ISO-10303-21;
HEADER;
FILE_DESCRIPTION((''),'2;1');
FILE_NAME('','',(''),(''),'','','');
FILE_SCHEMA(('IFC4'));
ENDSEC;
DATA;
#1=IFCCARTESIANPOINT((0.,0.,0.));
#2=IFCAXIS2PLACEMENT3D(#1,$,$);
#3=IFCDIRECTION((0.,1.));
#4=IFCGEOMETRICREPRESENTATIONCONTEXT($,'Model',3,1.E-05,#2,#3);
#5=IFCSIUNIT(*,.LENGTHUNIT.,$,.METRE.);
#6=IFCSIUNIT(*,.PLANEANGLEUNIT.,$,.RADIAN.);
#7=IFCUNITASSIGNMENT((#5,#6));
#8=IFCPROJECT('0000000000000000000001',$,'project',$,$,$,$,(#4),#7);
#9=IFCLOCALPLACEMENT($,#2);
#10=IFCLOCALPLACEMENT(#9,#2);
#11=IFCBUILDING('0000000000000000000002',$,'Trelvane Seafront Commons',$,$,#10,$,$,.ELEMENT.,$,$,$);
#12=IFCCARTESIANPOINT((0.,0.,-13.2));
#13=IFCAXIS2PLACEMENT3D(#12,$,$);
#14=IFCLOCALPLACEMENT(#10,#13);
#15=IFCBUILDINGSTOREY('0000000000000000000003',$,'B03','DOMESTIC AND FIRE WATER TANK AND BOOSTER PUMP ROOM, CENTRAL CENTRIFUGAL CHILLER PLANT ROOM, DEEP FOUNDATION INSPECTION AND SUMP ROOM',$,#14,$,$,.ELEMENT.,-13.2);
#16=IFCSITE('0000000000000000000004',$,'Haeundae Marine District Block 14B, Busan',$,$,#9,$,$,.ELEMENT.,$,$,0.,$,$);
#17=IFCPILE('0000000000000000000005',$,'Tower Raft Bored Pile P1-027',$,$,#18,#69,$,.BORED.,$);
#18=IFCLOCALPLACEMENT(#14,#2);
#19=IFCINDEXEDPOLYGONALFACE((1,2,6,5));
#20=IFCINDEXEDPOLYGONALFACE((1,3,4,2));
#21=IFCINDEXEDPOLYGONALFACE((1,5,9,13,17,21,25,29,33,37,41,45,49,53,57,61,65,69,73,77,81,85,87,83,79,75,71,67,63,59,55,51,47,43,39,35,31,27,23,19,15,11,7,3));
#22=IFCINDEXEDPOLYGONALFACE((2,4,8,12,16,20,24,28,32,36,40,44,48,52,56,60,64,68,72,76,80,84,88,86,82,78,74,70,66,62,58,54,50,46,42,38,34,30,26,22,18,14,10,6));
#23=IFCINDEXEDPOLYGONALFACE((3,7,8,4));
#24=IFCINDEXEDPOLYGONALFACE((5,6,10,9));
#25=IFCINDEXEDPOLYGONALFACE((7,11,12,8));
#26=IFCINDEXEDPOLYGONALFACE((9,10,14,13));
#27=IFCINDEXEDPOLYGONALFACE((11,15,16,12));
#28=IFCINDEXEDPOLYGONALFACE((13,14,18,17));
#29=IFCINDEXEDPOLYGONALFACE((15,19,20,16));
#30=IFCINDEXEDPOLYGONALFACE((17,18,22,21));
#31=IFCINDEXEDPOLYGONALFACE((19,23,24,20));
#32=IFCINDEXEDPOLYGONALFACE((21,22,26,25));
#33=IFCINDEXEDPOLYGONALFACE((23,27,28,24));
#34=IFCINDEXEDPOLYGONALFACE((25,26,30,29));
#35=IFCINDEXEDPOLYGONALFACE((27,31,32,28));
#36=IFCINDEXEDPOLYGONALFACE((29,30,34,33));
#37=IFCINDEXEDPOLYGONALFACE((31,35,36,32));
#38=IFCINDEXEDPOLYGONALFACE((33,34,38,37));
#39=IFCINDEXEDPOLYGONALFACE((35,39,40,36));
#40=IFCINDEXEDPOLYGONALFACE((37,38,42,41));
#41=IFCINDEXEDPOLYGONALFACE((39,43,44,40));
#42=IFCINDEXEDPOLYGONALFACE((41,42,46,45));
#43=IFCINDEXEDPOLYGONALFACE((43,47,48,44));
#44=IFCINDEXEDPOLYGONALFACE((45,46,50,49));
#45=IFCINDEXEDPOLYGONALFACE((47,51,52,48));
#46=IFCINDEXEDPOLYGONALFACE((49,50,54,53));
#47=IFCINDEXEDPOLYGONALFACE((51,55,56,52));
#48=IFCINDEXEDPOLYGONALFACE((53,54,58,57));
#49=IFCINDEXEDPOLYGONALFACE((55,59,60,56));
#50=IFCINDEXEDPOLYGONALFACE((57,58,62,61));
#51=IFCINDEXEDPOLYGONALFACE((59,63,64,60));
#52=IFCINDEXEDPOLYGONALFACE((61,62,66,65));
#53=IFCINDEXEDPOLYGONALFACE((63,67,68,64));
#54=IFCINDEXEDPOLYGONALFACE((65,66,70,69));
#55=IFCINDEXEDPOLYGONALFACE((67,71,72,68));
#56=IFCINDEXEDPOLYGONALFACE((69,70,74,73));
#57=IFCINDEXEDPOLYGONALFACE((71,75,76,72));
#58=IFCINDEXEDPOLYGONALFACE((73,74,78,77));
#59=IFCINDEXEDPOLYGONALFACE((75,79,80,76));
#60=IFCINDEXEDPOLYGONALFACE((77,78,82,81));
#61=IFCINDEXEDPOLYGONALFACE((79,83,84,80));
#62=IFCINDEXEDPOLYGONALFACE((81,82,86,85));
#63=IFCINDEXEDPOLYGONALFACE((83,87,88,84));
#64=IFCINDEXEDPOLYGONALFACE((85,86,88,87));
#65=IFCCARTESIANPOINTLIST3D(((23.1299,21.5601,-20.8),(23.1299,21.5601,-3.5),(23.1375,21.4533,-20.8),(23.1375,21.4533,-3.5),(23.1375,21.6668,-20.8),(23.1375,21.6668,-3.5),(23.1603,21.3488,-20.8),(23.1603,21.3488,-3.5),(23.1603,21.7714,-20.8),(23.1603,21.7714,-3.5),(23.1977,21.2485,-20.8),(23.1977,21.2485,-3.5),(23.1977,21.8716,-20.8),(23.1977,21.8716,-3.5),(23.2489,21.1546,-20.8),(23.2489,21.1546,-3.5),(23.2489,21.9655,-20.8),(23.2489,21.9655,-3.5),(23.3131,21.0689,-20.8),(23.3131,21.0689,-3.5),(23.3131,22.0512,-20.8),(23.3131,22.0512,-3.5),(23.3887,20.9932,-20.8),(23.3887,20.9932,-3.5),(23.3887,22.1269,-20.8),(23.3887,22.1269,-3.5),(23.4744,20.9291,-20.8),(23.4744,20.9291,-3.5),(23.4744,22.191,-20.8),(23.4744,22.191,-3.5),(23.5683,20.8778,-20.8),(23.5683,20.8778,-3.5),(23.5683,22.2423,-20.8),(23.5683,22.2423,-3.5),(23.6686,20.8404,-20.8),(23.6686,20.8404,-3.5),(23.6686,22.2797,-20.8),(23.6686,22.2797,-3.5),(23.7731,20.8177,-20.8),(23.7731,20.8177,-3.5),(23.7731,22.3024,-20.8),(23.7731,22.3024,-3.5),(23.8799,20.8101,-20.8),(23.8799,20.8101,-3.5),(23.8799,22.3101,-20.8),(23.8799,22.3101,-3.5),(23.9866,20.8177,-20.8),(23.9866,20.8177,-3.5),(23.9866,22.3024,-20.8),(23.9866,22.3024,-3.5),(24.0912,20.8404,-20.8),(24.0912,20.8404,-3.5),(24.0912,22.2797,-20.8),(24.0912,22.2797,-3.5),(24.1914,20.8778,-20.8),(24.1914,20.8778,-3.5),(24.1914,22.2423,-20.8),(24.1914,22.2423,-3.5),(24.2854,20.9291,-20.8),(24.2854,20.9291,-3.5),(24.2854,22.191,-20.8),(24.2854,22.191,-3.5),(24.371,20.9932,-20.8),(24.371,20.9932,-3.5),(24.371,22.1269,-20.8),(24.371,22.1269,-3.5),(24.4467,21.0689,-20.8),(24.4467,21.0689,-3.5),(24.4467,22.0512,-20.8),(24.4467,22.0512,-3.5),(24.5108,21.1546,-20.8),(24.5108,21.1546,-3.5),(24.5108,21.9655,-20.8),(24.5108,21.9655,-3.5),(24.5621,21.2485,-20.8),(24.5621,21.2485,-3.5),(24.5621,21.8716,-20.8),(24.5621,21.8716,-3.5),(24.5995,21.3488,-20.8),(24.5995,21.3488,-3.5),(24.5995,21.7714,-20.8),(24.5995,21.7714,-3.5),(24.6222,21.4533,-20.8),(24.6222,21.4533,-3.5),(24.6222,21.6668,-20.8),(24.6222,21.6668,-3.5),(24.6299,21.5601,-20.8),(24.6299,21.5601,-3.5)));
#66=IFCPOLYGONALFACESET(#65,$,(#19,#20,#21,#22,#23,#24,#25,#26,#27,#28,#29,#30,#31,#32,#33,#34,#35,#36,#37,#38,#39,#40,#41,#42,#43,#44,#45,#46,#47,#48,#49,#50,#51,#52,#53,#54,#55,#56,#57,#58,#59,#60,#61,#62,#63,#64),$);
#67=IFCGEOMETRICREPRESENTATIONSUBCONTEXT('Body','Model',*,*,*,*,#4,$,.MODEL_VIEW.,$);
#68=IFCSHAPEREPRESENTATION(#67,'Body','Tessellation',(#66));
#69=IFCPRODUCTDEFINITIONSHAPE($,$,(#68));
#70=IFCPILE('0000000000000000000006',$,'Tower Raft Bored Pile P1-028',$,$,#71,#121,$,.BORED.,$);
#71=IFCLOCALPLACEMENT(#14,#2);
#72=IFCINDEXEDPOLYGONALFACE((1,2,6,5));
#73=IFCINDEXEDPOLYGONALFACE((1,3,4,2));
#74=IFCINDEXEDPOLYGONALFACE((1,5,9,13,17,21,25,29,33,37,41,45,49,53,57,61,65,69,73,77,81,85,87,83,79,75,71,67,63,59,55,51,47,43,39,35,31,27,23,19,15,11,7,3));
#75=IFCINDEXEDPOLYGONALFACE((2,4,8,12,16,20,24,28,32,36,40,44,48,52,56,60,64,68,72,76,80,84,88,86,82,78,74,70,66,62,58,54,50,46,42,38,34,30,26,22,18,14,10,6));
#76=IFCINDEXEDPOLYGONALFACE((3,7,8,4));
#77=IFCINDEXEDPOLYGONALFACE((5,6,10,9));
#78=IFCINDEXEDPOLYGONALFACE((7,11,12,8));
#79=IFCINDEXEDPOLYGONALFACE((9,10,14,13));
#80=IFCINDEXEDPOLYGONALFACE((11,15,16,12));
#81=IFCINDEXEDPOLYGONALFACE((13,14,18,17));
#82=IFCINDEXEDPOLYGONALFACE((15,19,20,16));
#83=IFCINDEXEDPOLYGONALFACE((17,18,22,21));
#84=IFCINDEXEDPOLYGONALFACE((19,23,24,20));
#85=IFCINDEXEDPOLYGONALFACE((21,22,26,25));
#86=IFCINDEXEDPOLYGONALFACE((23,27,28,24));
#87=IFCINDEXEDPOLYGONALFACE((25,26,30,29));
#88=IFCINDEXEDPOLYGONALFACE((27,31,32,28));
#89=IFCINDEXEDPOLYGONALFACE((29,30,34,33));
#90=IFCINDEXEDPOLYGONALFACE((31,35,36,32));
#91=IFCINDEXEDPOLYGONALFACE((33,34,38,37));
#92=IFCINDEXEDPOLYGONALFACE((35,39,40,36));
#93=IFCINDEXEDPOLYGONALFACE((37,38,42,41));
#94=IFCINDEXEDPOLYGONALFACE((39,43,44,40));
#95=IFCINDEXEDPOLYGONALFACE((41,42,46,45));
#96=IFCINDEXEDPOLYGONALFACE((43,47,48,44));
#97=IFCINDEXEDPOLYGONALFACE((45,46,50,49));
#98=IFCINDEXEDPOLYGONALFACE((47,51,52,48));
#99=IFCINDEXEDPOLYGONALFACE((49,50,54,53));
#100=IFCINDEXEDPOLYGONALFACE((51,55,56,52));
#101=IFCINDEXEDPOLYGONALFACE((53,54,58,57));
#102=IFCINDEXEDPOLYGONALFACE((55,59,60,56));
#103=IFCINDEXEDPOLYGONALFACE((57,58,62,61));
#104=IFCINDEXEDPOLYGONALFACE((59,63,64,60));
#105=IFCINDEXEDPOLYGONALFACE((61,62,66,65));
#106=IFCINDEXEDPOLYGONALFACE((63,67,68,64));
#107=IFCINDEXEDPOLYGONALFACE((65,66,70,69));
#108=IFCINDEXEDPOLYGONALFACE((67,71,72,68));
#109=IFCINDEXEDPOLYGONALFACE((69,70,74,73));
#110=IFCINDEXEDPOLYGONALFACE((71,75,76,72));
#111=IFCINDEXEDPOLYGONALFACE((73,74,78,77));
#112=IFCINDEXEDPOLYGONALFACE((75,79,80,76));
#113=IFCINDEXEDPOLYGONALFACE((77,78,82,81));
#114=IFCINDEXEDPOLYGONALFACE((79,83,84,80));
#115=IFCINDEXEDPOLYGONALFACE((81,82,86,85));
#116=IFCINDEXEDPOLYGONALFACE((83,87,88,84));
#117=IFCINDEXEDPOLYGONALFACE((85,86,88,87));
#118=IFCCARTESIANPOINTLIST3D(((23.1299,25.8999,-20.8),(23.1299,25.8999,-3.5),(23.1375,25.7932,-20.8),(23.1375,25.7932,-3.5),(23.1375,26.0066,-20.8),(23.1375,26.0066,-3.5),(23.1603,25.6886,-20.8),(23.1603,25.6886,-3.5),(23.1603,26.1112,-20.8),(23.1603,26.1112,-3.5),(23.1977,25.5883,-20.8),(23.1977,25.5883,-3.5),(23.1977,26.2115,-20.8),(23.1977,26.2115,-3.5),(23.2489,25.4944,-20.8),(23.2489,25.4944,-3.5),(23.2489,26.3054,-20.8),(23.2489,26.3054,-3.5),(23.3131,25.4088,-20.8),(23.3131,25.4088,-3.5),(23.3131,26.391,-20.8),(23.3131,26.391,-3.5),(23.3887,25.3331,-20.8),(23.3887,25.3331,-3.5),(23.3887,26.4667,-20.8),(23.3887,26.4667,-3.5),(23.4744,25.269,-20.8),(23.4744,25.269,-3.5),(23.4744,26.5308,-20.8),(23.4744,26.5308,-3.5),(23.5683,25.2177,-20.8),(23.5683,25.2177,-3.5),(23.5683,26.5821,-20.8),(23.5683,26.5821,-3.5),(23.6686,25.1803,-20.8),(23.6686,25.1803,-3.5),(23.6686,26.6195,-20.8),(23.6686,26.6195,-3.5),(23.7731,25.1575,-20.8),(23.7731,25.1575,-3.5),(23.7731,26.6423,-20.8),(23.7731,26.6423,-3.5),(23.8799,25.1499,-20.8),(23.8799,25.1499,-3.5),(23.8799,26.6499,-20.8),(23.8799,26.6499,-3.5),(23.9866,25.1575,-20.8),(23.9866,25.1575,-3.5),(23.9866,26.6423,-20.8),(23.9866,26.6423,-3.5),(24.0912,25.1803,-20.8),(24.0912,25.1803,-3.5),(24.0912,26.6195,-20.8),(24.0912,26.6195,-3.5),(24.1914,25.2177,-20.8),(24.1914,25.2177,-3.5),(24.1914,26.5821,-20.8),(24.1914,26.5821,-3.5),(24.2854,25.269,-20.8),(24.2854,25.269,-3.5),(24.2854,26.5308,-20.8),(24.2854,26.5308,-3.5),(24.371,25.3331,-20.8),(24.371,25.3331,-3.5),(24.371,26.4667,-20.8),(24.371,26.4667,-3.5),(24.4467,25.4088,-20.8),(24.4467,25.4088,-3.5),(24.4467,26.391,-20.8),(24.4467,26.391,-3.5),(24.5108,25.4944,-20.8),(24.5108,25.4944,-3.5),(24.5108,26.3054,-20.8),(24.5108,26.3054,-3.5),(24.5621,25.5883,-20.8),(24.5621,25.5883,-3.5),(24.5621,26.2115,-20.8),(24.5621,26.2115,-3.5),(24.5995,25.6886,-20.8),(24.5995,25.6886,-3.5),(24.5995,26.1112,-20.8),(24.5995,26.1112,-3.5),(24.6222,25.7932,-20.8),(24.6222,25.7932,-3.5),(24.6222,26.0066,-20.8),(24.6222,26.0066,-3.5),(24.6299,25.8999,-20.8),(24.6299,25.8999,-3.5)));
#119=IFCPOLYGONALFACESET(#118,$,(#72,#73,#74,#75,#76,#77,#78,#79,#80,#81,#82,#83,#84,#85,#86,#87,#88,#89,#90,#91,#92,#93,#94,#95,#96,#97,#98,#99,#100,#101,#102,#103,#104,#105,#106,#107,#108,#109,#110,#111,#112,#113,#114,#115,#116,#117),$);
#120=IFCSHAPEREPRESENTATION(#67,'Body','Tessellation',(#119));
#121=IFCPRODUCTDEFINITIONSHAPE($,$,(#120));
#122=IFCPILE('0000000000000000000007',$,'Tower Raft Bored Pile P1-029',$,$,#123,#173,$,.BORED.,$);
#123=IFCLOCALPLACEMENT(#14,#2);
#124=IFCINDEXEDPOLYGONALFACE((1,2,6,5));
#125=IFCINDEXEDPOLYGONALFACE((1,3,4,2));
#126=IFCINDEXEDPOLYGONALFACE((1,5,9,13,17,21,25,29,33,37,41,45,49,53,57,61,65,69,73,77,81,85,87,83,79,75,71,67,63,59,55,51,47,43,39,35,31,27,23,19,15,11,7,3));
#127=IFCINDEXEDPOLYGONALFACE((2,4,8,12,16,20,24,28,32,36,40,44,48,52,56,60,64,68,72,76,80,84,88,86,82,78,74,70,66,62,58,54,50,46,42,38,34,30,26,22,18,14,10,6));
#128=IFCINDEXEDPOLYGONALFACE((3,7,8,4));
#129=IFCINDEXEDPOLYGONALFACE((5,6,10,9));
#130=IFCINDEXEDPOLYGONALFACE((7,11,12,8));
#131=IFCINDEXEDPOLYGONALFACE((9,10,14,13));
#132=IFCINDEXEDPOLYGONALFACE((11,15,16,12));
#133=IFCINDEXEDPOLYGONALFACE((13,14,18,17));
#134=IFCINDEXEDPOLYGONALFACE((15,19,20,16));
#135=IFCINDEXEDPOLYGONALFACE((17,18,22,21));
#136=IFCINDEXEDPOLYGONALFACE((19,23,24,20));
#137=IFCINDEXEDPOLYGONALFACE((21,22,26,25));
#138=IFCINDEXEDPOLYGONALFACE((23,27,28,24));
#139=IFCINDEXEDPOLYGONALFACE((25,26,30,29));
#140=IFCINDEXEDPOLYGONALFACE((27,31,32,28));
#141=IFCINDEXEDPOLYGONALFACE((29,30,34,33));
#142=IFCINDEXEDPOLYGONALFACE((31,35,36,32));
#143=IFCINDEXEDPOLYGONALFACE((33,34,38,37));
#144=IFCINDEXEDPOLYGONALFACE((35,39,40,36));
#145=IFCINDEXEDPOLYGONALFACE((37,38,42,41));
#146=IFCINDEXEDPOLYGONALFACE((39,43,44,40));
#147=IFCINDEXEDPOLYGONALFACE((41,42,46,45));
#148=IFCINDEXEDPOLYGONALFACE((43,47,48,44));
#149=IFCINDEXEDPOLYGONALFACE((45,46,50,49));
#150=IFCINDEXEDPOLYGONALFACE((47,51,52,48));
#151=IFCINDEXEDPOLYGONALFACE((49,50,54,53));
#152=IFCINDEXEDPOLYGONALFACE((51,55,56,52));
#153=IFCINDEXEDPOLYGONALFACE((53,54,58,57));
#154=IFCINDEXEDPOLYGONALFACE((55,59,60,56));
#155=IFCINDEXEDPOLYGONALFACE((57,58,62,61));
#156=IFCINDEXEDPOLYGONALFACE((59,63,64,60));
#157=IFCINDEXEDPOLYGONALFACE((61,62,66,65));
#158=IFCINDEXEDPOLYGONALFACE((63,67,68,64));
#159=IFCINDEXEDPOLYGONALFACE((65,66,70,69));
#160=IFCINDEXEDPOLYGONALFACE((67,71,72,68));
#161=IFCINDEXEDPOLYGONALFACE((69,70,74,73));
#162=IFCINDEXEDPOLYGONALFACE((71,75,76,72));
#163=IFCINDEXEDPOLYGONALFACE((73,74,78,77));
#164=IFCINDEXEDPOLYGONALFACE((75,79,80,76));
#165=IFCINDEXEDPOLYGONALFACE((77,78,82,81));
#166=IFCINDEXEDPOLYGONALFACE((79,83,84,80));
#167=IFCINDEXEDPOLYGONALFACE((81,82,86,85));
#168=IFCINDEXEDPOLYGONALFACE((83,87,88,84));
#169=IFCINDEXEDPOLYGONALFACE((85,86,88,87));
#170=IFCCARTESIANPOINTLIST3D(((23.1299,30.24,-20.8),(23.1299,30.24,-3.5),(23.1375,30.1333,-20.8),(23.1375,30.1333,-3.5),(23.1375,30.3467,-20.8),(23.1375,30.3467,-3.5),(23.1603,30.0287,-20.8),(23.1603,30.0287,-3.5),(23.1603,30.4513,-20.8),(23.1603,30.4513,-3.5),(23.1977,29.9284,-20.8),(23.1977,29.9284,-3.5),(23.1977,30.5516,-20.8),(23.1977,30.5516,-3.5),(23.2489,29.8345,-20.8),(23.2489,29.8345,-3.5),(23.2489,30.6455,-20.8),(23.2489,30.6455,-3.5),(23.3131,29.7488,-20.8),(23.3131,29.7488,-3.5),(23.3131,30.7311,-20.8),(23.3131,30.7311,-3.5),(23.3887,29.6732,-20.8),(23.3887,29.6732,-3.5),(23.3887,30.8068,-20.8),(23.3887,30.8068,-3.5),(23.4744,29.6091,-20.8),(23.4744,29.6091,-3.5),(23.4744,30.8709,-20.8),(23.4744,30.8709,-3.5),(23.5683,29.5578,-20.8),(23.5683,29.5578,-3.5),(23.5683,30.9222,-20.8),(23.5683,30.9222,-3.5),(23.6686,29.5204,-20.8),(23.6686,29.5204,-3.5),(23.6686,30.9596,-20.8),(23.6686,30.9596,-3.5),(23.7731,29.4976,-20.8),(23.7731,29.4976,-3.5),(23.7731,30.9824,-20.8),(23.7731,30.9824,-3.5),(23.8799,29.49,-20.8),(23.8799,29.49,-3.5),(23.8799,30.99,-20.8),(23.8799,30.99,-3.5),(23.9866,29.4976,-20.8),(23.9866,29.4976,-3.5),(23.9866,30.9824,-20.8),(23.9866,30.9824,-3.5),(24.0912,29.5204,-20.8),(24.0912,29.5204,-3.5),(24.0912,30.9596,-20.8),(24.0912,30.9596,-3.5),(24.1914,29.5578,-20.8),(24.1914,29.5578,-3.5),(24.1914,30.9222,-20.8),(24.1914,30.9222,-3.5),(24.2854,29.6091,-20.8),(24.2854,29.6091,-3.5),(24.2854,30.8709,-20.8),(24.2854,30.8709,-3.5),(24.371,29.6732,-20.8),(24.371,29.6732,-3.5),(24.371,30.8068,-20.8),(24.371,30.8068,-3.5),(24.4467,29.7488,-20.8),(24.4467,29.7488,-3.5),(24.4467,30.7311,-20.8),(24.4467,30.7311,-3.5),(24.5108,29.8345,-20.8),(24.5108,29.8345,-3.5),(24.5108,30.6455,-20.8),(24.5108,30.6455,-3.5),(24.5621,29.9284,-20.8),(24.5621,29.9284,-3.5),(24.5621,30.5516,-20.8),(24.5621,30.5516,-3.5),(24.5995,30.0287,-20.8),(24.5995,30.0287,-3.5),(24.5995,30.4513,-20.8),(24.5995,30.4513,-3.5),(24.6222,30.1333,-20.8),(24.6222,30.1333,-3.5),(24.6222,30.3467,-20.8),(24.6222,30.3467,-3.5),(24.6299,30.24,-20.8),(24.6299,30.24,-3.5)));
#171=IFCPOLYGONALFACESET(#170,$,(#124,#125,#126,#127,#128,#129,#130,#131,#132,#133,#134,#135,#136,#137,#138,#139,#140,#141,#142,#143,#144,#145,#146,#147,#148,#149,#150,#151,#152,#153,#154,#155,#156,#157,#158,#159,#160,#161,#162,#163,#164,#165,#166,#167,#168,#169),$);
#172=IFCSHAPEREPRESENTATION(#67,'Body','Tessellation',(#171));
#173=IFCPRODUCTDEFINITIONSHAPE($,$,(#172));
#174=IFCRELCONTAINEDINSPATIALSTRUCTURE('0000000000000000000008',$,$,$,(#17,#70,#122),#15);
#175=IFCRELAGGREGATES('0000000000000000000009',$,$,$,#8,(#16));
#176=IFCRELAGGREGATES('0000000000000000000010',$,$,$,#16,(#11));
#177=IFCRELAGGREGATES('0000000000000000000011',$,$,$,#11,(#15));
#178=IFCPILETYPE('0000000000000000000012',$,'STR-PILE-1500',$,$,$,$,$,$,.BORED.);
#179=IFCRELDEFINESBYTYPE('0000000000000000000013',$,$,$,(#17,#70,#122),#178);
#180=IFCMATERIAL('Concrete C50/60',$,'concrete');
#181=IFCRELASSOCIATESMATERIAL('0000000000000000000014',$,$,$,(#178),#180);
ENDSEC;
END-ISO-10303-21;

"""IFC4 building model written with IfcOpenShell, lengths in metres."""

from ifc_helpers import new_model, si_unit, direction, frame, origin, origin_2d, place, context, subcontext, project, spatial, circle, extrude, source, transform, mapped, material, material_profile, profile_set, type_object, element, save


model = new_model("IFC4")

# Units and contexts
model_context = context("Model", 3, precision=1e-05, world=origin(), true_north=direction((0.0, 1.0)))
body_context = subcontext(model_context, "Body", "Model", "MODEL_VIEW")
ifc_project = project(units=[si_unit("LENGTHUNIT", "METRE"), si_unit("PLANEANGLEUNIT", "RADIAN")], contexts=[model_context])

# Site, building, storey
site_placement = place(None, origin())
site = spatial("IfcSite", under=ifc_project, at=site_placement, Name="Haeundae Marine District Block 14B, Busan", CompositionType="ELEMENT", RefElevation=0.0)
building_placement = place(site_placement, origin())
building = spatial("IfcBuilding", under=site, at=building_placement, Name="Trelvane Seafront Commons", CompositionType="ELEMENT")
storey_placement = place(building_placement, frame((0.0, 0.0, -13.2)))
storey = spatial("IfcBuildingStorey", under=building, at=storey_placement, Name="B03", Description="DOMESTIC AND FIRE WATER TANK AND BOOSTER PUMP ROOM, CENTRAL CENTRIFUGAL CHILLER PLANT ROOM, DEEP FOUNDATION INSPECTION AND SUMP ROOM", CompositionType="ELEMENT", Elevation=-13.2)

# Piles
ifc_material_1 = material(Name="Concrete C50/60", Category="concrete")
ifc_material_profile_1 = material_profile(ifc_material_1, circle(Radius=0.75, at=origin_2d()), Name="PILE-1500")
ifc_profile_set_1 = profile_set([ifc_material_profile_1], Name="Concrete C50/60")
pile_type = type_object("IfcPileType", Name="STR-PILE-1500", PredefinedType="BORED", material=ifc_profile_set_1)
shared_shape_1 = source(origin(), body_context, "Body", "SweptSolid", [
    extrude(circle(Radius=0.75, at=origin_2d()), origin(), (0.0, 0.0, 1.0), 17.3),
])
for number, where, z_axis, x_axis, name in (
    (1, (23.8799, 21.5601, -3.5), (0.0, 0.0, -1.0), (1.0, 0.0, 0.0), "Tower Raft Bored Pile P1-027"),
    (2, (23.8799, 25.8999, -3.5), (0.0, 0.0, -1.0), (1.0, 0.0, 0.0), "Tower Raft Bored Pile P1-028"),
    (3, (23.8799, 30.24, -3.5), (0.0, 0.0, -1.0), (1.0, 0.0, 0.0), "Tower Raft Bored Pile P1-029"),
):
    element("IfcPile", number, at=place(storey_placement, frame(where, z_axis=z_axis, x_axis=x_axis)), inside=storey, type_object=pile_type, Name=name, PredefinedType="BORED", context=body_context, shape_type="MappedRepresentation", body=[
        mapped(shared_shape_1, transform((0.0, 0.0, 0.0), x_axis=(1.0, 0.0, 0.0), y_axis=(0.0, 1.0, 0.0), z_axis=(0.0, 0.0, 1.0), scale=1.0)),
    ])

save(model, "model.ifc")
